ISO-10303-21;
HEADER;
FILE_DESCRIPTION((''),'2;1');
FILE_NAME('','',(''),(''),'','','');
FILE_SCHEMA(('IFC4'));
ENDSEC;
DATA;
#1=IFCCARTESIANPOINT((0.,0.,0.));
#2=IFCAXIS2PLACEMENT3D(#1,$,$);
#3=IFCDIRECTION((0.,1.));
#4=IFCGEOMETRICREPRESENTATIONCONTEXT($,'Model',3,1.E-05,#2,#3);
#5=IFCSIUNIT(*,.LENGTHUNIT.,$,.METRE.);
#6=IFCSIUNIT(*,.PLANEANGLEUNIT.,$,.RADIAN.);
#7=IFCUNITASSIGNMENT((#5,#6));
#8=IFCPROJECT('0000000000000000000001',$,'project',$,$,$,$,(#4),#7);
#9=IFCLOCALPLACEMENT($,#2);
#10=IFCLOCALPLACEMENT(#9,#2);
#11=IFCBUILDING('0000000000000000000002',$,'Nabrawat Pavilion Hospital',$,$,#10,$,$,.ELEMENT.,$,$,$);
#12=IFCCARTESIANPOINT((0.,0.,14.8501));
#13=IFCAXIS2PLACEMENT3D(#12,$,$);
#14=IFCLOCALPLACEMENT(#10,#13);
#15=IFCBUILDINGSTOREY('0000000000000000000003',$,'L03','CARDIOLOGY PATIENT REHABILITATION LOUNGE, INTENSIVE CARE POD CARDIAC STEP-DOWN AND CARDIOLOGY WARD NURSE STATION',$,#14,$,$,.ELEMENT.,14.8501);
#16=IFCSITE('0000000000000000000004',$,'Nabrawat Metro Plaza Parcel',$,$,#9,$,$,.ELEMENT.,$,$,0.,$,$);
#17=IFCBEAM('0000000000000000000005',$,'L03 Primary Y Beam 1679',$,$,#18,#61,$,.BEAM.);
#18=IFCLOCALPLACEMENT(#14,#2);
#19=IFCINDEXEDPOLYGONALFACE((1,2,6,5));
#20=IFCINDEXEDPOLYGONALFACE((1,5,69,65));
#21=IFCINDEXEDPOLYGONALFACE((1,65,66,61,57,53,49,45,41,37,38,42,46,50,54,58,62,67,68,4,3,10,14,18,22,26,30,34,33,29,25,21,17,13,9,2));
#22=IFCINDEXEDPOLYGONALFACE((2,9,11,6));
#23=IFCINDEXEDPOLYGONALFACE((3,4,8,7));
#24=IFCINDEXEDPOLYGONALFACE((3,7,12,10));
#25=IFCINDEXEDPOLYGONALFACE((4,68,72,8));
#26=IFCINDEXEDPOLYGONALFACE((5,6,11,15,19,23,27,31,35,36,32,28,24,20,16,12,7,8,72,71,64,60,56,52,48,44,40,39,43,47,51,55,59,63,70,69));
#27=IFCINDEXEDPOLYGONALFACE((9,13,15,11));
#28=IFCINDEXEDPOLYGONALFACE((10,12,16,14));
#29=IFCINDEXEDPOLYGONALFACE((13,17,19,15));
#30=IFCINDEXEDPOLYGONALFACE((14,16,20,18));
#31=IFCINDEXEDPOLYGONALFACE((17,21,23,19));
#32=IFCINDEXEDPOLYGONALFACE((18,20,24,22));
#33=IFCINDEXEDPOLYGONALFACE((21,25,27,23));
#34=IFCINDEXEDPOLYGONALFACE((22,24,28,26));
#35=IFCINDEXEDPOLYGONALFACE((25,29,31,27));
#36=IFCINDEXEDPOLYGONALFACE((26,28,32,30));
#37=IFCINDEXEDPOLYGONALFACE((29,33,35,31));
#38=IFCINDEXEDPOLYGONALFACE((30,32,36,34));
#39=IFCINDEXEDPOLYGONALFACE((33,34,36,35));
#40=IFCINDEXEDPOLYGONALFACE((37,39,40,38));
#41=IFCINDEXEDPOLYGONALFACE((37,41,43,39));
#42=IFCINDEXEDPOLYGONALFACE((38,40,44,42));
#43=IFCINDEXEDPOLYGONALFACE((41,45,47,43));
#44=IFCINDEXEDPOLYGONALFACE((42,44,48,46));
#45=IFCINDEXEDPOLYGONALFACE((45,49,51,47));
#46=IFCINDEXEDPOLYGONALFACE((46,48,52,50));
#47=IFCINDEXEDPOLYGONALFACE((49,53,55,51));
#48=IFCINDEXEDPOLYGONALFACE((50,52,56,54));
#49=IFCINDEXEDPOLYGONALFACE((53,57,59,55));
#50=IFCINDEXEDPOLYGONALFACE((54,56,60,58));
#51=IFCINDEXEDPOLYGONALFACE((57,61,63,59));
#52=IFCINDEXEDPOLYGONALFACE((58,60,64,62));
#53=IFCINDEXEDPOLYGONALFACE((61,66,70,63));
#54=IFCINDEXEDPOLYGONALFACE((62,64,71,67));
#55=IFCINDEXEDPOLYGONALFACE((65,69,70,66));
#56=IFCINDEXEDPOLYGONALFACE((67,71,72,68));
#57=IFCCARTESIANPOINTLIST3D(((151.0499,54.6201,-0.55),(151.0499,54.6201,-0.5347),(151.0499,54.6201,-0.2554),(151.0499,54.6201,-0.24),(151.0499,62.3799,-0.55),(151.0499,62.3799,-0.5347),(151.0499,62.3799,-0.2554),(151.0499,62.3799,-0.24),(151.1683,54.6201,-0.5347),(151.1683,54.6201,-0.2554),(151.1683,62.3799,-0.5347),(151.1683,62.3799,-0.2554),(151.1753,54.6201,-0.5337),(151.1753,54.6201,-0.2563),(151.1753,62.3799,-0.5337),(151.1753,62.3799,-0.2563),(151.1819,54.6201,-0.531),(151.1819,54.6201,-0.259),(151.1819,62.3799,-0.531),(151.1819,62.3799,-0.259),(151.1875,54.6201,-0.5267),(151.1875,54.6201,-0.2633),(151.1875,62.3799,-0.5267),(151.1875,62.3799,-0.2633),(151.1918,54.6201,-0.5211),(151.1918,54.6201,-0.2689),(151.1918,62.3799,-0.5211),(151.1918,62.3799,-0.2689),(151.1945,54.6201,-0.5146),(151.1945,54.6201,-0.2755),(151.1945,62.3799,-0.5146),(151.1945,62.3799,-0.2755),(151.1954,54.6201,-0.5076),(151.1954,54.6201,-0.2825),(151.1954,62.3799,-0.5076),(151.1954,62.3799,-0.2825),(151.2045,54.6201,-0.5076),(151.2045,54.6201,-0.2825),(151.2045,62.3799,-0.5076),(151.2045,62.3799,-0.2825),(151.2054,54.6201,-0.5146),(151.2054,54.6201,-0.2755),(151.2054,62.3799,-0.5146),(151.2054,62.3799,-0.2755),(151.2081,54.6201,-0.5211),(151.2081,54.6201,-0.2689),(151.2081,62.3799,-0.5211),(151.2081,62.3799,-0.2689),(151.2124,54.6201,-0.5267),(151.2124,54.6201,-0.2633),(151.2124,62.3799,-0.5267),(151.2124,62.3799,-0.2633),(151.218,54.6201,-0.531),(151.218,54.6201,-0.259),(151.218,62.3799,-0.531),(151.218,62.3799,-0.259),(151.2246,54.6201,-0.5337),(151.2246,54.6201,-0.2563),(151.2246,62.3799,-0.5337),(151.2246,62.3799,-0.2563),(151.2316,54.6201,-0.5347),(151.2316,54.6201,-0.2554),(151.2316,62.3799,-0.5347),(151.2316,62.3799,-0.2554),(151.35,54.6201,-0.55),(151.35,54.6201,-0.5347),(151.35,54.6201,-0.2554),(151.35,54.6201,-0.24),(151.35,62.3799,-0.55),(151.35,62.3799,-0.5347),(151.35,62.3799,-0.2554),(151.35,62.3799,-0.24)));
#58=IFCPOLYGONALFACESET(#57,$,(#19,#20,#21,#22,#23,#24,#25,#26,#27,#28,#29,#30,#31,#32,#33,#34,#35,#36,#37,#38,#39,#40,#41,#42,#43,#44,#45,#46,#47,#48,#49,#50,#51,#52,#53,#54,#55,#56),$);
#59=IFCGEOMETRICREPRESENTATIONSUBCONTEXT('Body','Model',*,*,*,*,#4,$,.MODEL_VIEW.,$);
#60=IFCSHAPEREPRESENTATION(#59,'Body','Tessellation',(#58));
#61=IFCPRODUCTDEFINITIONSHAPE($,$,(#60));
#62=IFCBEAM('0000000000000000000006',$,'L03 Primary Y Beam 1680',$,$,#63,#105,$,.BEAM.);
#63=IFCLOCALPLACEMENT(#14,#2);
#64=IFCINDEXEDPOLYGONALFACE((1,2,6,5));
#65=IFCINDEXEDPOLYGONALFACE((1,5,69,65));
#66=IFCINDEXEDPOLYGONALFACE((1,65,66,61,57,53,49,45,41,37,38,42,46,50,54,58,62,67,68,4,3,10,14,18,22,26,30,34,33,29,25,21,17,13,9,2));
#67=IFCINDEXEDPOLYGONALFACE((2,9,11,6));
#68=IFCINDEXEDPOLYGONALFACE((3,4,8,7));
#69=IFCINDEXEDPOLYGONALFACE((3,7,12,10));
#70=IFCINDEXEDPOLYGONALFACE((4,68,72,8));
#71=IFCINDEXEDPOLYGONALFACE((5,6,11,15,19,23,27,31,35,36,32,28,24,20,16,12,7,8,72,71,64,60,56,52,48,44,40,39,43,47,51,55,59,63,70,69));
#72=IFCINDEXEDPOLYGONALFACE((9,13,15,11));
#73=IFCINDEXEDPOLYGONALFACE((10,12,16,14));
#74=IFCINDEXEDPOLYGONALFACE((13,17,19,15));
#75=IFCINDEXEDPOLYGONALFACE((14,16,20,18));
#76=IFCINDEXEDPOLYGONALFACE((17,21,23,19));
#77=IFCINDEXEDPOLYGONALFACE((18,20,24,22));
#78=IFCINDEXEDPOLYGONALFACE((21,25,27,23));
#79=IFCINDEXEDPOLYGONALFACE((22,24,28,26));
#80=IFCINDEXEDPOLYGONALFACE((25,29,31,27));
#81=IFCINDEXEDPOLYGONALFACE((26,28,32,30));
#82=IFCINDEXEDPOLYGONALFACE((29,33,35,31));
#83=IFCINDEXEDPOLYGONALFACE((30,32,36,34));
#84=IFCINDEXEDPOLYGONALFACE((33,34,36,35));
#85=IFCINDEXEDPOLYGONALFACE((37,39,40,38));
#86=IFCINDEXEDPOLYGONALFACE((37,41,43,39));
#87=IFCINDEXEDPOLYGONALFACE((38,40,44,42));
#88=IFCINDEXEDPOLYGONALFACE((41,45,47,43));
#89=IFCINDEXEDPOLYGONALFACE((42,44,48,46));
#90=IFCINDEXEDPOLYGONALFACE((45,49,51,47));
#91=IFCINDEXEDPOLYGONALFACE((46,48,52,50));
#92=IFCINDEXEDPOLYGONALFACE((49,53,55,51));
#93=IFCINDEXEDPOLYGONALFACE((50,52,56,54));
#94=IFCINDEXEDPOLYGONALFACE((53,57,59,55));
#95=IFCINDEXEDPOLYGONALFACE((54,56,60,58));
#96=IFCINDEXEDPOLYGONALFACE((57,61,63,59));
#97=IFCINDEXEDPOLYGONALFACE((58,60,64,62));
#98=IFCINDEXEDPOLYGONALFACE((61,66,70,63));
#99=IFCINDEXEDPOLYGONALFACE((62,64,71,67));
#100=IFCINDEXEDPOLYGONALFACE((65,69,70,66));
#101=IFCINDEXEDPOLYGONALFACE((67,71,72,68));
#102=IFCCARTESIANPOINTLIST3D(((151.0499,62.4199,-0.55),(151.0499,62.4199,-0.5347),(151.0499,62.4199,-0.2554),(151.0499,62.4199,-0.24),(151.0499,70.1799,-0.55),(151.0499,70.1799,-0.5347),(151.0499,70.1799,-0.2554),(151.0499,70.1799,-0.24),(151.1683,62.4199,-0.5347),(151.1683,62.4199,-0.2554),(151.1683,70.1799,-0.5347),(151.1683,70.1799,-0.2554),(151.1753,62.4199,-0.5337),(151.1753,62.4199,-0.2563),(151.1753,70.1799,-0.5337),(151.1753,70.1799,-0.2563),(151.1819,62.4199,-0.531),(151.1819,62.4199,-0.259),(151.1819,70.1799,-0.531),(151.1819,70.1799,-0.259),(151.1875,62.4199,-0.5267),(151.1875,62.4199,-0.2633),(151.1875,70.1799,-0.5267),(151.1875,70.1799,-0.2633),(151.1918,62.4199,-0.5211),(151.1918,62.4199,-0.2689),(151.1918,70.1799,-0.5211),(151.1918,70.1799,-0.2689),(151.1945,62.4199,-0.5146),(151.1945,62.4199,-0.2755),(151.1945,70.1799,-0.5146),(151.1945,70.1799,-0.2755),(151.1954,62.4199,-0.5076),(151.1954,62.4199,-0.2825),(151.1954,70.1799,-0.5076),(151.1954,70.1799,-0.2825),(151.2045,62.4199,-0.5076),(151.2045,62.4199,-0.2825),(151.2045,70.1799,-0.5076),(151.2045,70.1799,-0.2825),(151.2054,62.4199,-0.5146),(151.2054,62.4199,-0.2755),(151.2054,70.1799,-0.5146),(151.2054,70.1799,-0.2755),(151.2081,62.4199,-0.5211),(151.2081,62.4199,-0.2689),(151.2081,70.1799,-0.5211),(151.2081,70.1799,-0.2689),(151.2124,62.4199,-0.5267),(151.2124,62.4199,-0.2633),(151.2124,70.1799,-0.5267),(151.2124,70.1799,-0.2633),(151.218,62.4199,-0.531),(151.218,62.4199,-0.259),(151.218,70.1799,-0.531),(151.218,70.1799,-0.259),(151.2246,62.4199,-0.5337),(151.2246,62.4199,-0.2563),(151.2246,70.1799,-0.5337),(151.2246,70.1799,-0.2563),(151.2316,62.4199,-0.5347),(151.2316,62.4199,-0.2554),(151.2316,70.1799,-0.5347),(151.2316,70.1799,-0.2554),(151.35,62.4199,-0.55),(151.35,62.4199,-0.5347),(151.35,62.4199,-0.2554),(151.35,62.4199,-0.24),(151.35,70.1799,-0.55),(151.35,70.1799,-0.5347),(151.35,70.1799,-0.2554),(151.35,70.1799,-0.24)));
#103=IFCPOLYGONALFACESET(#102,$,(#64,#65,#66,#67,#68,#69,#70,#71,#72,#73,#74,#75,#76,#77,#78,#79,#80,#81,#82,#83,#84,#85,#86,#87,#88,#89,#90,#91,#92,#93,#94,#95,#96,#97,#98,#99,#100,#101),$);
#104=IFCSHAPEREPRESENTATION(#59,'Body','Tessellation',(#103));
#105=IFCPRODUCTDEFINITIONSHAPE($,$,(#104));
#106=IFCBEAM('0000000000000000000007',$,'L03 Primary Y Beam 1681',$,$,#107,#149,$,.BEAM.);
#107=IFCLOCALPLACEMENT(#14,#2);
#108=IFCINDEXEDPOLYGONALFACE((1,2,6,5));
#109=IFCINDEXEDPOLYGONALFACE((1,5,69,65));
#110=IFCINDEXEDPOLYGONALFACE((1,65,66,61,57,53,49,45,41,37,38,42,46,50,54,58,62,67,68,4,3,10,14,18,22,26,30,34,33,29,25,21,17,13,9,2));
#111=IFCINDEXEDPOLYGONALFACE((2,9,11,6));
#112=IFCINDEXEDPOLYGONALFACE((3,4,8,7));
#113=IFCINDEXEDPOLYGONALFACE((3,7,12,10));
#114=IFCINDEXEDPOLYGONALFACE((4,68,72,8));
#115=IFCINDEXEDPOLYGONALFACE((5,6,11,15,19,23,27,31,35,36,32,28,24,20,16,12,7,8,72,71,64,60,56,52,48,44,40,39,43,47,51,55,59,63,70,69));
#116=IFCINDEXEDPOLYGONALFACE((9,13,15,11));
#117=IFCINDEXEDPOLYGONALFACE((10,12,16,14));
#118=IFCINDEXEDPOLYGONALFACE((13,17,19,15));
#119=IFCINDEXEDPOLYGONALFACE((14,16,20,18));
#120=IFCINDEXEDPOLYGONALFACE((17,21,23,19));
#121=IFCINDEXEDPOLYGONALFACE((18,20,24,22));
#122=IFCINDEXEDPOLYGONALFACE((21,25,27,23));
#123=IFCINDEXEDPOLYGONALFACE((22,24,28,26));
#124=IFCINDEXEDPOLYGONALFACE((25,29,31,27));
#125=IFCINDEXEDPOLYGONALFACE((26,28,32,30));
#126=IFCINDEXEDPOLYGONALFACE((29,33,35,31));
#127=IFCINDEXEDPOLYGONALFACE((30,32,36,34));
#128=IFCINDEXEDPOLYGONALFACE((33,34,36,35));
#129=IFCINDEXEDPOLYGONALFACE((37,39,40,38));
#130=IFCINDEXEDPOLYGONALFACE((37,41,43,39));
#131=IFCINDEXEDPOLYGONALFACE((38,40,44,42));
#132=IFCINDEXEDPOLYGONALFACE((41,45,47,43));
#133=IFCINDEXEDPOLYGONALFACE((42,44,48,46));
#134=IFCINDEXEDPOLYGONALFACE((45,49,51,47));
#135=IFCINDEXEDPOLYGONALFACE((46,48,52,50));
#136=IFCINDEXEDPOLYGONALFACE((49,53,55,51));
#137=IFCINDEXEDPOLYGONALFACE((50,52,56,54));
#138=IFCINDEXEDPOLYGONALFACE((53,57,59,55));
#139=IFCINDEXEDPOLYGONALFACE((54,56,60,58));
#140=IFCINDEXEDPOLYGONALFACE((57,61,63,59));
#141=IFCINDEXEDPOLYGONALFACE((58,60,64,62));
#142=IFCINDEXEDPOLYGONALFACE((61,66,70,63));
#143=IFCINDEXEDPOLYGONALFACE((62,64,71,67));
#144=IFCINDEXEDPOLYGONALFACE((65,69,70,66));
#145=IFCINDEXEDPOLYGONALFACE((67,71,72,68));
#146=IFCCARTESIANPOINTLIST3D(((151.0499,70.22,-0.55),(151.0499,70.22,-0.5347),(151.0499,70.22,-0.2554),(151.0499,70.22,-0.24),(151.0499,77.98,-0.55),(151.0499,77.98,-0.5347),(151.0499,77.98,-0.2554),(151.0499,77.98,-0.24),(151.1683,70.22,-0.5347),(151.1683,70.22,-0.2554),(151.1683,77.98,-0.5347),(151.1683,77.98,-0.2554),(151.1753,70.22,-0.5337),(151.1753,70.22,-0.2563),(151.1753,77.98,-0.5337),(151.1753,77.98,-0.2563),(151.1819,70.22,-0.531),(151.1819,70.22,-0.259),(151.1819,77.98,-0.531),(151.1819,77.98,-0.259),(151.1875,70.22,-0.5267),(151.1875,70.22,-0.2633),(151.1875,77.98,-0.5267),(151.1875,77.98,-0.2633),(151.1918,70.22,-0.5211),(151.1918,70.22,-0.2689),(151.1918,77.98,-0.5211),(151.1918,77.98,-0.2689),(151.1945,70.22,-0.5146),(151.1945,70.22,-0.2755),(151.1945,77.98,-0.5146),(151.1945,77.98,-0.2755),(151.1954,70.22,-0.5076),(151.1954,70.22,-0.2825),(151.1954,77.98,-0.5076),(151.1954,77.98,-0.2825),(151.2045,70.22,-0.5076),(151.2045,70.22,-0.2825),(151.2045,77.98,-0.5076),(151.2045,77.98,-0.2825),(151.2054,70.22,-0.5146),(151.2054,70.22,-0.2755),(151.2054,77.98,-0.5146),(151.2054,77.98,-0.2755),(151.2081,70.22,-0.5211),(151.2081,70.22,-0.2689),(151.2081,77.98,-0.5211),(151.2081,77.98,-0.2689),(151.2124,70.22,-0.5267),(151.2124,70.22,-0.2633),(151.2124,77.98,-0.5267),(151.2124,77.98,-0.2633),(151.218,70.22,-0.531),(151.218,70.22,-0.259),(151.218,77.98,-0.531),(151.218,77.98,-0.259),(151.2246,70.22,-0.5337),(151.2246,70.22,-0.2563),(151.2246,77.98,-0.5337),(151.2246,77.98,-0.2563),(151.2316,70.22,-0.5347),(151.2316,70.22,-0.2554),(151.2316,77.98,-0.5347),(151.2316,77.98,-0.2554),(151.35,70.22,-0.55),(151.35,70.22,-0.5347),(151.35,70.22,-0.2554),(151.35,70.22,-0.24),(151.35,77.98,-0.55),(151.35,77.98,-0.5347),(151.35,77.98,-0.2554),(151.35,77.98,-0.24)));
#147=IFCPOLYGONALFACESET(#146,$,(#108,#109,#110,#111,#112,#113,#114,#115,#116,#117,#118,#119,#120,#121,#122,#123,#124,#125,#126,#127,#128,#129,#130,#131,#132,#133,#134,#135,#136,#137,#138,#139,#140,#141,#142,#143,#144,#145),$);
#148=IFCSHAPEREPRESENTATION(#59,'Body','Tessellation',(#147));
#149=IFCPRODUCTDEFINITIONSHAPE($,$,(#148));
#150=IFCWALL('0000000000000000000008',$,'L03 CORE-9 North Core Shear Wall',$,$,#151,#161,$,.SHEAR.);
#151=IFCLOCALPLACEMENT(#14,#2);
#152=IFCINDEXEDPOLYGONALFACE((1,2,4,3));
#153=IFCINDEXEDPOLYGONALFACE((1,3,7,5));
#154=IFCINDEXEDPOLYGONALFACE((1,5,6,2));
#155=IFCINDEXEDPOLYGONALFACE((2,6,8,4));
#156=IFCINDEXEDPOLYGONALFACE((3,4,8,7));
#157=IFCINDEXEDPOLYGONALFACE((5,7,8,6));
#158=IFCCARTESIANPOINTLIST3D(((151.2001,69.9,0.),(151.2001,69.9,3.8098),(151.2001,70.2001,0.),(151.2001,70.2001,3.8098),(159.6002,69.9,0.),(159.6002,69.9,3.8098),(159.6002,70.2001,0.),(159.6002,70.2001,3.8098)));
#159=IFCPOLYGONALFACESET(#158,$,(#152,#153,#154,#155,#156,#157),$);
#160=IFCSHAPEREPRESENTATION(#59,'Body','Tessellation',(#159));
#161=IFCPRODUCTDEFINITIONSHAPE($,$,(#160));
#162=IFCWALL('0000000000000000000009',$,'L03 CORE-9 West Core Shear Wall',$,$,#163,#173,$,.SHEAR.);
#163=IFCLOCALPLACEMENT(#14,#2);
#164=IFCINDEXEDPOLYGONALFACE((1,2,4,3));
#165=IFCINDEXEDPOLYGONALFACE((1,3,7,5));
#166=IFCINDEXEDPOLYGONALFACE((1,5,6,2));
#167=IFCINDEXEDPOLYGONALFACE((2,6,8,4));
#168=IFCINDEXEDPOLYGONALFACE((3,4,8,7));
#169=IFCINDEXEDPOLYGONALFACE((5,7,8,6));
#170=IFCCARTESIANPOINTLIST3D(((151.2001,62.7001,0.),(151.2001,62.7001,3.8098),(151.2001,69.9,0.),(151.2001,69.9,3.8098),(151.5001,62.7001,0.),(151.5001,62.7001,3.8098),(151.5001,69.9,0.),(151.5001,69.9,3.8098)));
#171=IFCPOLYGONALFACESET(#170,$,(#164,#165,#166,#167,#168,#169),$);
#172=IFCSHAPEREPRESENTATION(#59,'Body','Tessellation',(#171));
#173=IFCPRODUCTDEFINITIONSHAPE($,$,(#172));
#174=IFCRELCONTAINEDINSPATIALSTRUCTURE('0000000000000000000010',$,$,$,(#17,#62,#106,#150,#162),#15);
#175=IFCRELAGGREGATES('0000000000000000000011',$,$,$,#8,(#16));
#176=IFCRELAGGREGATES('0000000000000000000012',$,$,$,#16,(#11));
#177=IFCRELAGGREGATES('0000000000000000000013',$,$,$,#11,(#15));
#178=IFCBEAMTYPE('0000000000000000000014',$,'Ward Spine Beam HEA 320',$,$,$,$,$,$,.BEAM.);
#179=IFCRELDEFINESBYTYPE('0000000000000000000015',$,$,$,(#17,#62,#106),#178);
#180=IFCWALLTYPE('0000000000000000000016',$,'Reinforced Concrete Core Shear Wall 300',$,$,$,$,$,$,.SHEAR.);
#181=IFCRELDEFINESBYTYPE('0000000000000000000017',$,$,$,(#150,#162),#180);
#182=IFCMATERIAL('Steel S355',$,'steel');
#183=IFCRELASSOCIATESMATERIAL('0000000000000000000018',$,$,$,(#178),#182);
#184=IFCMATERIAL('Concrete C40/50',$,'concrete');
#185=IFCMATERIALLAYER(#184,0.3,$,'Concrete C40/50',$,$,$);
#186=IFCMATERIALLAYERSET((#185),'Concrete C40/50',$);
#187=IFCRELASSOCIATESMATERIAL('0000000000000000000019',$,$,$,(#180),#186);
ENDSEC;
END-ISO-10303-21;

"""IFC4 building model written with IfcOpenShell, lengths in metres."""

from ifc_helpers import new_model, si_unit, direction, frame, frame_2d, origin, origin_2d, place, context, subcontext, project, spatial, rectangle, i_section, extrude, material, layer, layer_set, material_profile, profile_set, type_object, element, save


model = new_model("IFC4")

# Units and contexts
model_context = context("Model", 3, precision=1e-05, world=origin(), true_north=direction((0.0, 1.0)))
body_context = subcontext(model_context, "Body", "Model", "MODEL_VIEW")
ifc_project = project(units=[si_unit("LENGTHUNIT", "METRE"), si_unit("PLANEANGLEUNIT", "RADIAN")], contexts=[model_context])

# Site, building, storey
site_placement = place(None, origin())
site = spatial("IfcSite", under=ifc_project, at=site_placement, Name="Nabrawat Metro Plaza Parcel", CompositionType="ELEMENT", RefElevation=0.0)
building_placement = place(site_placement, origin())
building = spatial("IfcBuilding", under=site, at=building_placement, Name="Nabrawat Pavilion Hospital", CompositionType="ELEMENT")
storey_placement = place(building_placement, frame((0.0, 0.0, 14.8501)))
storey = spatial("IfcBuildingStorey", under=building, at=storey_placement, Name="L03", Description="CARDIOLOGY PATIENT REHABILITATION LOUNGE, INTENSIVE CARE POD CARDIAC STEP-DOWN AND CARDIOLOGY WARD NURSE STATION", CompositionType="ELEMENT", Elevation=14.8501)

# Shared definitions
ifc_material_1 = material(Name="Steel S355", Category="steel")
ifc_material_2 = material(Name="Concrete C40/50", Category="concrete")

# Beams
ifc_material_profile_1 = material_profile(ifc_material_1, i_section(OverallWidth=0.3, OverallDepth=0.3101, WebThickness=0.009, FlangeThickness=0.0154, FilletRadius=0.0271, at=origin_2d()), Name="HEA 320")
ifc_profile_set_1 = profile_set([ifc_material_profile_1], Name="Steel S355")
beam_type_1 = type_object("IfcBeamType", Name="Ward Spine Beam HEA 320", PredefinedType="BEAM", material=ifc_profile_set_1)
beam_1_placement = place(storey_placement, frame((151.2, 54.6201, -0.395), z_axis=(0.0, 1.0, 0.0), x_axis=(-1.0, 0.0, 0.0)))
element("IfcBeam", 1, at=beam_1_placement, inside=storey, type_object=beam_type_1, Name="L03 Primary Y Beam 1679", PredefinedType="BEAM", context=body_context, shape_type="SweptSolid", body=[
    extrude(i_section(OverallWidth=0.3, OverallDepth=0.3101, WebThickness=0.009, FlangeThickness=0.0154, FilletRadius=0.0271, at=origin_2d()), origin(), (0.0, 0.0, 1.0), 7.7598),
])
for number, where, z_axis, x_axis, name in (
    (2, (151.2, 62.4199, -0.395), (0.0, 1.0, 0.0), (-1.0, 0.0, 0.0), "L03 Primary Y Beam 1680"),
    (3, (151.2, 70.22, -0.395), (0.0, 1.0, 0.0), (-1.0, 0.0, 0.0), "L03 Primary Y Beam 1681"),
):
    element("IfcBeam", number, at=place(storey_placement, frame(where, z_axis=z_axis, x_axis=x_axis)), inside=storey, type_object=beam_type_1, Name=name, PredefinedType="BEAM", context=body_context, shape_type="SweptSolid", body=[
        extrude(i_section(OverallWidth=0.3, OverallDepth=0.3101, WebThickness=0.009, FlangeThickness=0.0154, FilletRadius=0.0271, at=origin_2d()), origin(), (0.0, 0.0, 1.0), 7.76),
    ])

# Shared definitions
ifc_layer_1 = layer(ifc_material_2, 0.3, Name="Concrete C40/50")
ifc_layer_set_1 = layer_set([ifc_layer_1], Name="Concrete C40/50")
wall_type = type_object("IfcWallType", Name="Reinforced Concrete Core Shear Wall 300", PredefinedType="SHEAR", material=ifc_layer_set_1)

# Walls
wall_1_placement = place(storey_placement, frame((151.2, 70.05, 0.0), z_axis=(0.0, 0.0, 1.0), x_axis=(1.0, 0.0, 0.0)))
element("IfcWall", 4, at=wall_1_placement, inside=storey, type_object=wall_type, Name="L03 CORE-9 North Core Shear Wall", PredefinedType="SHEAR", context=body_context, shape_type="SweptSolid", body=[
    extrude(rectangle(XDim=8.4001, YDim=0.3, at=frame_2d((4.2002, 0.0))), origin(), (0.0, 0.0, 1.0), 3.8098),
])
wall_2_placement = place(storey_placement, frame((151.3501, 62.7, 0.0), z_axis=(0.0, 0.0, 1.0), x_axis=(0.0, 1.0, 0.0)))
element("IfcWall", 5, at=wall_2_placement, inside=storey, type_object=wall_type, Name="L03 CORE-9 West Core Shear Wall", PredefinedType="SHEAR", context=body_context, shape_type="SweptSolid", body=[
    extrude(rectangle(XDim=7.2, YDim=0.3, at=frame_2d((3.6001, 0.0))), origin(), (0.0, 0.0, 1.0), 3.8098),
])

save(model, "model.ifc")
